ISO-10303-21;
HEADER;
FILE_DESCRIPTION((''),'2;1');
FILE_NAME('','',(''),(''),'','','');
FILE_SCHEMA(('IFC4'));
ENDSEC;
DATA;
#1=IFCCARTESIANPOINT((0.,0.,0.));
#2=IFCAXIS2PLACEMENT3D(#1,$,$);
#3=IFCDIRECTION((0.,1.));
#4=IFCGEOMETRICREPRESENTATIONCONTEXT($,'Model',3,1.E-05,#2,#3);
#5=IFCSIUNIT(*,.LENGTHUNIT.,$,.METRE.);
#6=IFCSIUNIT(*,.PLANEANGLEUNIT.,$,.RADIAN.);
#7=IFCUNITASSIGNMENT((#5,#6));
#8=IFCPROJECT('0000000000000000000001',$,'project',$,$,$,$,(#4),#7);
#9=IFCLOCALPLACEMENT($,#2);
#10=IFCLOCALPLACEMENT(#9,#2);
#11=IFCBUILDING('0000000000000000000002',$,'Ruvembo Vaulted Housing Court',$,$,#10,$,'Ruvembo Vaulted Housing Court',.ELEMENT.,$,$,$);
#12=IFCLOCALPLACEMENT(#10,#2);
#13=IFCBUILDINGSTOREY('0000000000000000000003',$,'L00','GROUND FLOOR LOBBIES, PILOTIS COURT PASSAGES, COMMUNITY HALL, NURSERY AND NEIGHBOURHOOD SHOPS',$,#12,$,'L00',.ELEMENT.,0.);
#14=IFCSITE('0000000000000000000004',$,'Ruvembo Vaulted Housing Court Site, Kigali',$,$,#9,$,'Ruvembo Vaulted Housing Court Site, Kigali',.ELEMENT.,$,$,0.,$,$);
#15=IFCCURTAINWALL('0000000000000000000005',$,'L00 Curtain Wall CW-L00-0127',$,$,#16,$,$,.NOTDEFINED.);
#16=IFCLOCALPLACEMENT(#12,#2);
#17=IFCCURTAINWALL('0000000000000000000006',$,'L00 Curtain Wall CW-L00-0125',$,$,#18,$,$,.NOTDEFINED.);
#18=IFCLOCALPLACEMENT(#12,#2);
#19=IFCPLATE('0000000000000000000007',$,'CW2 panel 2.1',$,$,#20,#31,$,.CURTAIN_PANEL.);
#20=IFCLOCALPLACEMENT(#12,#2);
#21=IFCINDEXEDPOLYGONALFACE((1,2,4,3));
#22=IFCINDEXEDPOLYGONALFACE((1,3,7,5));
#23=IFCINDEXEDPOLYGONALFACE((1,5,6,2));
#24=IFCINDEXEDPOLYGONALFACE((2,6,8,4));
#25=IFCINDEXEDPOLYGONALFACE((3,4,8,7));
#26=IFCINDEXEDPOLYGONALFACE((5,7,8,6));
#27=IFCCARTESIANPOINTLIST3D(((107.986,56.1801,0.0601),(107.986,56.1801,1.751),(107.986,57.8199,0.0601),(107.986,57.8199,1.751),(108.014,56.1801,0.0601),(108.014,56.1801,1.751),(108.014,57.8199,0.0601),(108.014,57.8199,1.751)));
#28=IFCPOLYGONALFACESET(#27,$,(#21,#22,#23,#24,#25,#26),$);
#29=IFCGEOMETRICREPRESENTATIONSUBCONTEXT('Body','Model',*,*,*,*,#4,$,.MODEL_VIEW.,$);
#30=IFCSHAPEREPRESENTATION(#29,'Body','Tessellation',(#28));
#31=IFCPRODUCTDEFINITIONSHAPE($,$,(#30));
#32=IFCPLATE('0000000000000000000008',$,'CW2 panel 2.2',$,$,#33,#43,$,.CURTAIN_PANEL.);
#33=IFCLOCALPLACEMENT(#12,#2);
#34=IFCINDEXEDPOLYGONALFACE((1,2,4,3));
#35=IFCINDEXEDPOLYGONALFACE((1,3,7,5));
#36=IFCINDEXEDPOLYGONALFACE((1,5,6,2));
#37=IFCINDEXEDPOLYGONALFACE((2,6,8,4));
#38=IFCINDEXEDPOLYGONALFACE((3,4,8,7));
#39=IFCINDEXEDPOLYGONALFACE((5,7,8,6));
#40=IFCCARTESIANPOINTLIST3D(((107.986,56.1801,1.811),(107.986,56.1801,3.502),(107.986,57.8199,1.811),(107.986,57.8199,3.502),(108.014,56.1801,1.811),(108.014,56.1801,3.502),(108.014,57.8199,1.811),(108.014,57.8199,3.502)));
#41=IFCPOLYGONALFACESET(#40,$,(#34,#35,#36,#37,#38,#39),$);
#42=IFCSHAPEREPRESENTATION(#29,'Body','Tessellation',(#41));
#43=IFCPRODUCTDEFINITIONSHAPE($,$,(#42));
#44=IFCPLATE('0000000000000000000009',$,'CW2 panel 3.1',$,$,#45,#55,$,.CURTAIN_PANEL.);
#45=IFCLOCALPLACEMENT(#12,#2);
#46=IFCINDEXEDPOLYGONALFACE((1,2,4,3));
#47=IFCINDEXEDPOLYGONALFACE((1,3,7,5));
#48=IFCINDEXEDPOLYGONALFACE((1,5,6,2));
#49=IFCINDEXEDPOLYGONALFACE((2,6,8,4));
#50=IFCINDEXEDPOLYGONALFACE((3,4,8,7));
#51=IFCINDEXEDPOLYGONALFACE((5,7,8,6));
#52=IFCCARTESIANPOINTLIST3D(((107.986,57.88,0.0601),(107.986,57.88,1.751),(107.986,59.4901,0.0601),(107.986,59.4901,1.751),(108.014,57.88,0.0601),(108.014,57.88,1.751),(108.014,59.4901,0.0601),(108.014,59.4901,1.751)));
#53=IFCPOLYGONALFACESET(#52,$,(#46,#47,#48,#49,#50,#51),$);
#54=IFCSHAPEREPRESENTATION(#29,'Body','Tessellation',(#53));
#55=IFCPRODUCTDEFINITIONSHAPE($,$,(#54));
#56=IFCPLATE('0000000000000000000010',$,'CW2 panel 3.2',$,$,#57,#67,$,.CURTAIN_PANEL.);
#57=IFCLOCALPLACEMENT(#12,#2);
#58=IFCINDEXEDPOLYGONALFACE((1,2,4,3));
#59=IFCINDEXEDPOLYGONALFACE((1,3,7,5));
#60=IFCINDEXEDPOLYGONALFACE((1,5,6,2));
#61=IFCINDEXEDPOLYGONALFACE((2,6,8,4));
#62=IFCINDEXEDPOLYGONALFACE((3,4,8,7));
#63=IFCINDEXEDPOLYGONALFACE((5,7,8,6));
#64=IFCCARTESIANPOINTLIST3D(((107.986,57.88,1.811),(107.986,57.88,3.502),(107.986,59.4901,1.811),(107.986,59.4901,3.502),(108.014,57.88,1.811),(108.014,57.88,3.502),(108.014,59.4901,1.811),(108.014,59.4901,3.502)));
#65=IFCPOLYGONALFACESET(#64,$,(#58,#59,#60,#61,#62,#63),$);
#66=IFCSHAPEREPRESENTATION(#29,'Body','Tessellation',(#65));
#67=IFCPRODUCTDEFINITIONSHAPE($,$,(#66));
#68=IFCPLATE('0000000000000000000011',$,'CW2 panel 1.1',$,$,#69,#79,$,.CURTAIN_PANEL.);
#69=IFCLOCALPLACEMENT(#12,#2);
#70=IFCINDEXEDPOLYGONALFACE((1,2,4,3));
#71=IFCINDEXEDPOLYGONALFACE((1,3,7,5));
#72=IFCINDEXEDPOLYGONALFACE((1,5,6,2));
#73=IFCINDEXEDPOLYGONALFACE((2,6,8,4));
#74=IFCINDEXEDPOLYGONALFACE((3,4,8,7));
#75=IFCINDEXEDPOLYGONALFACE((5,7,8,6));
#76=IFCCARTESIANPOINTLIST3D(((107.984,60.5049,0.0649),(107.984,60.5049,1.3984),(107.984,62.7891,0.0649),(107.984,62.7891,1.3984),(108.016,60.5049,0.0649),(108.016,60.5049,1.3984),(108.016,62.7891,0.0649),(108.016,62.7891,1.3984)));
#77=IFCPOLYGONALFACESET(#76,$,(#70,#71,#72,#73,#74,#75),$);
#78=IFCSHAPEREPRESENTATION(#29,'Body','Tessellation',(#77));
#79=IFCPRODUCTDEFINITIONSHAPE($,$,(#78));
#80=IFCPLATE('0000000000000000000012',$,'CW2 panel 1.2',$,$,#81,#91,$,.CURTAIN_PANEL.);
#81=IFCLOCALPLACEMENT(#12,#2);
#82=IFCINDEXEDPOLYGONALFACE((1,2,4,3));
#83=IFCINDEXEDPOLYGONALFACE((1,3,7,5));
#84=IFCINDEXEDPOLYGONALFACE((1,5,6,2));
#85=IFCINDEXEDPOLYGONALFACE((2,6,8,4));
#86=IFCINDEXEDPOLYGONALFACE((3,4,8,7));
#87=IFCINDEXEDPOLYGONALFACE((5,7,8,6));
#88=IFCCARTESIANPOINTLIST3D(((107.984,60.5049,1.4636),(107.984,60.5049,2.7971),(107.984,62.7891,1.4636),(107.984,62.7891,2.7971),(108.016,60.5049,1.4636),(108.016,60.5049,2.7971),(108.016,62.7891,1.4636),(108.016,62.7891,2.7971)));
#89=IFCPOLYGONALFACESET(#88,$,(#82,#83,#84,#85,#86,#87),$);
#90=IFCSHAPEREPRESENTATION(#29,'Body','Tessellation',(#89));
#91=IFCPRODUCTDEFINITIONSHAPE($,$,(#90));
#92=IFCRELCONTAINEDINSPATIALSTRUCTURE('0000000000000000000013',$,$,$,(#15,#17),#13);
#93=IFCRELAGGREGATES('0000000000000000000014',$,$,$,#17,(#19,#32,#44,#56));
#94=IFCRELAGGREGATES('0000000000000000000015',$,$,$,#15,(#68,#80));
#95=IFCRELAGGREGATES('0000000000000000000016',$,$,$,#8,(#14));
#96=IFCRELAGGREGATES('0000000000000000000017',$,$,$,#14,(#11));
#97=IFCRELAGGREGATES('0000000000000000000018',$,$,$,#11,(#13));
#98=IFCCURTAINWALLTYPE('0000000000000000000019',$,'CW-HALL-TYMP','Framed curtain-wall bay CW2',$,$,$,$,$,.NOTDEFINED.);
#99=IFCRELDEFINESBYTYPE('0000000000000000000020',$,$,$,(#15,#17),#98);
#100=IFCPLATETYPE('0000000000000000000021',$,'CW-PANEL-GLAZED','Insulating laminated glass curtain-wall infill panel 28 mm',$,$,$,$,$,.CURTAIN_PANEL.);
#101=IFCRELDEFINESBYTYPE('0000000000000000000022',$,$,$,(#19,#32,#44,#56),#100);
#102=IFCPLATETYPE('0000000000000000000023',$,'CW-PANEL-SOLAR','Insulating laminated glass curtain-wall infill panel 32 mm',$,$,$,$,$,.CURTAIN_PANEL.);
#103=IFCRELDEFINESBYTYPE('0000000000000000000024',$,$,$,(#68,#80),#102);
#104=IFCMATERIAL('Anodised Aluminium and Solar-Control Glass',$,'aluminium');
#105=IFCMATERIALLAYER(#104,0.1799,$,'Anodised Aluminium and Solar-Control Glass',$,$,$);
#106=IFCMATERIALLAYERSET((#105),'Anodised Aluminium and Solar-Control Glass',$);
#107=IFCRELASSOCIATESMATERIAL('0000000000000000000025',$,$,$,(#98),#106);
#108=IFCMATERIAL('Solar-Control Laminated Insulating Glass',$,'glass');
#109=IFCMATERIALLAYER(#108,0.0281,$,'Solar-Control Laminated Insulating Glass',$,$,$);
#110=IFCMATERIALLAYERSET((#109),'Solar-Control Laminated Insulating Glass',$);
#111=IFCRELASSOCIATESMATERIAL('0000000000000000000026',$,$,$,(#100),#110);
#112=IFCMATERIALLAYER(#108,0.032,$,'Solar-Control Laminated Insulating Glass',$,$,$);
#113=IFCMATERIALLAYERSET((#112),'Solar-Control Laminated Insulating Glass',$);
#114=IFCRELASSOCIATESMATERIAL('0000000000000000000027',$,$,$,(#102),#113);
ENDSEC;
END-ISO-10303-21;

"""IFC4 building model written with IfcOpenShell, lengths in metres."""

from ifc_helpers import new_model, si_unit, direction, frame, origin, origin_2d, place, context, subcontext, project, spatial, rectangle, extrude, material, layer, layer_set, type_object, element, aggregate, save


model = new_model("IFC4")

# Units and contexts
model_context = context("Model", 3, precision=1e-05, world=origin(), true_north=direction((0.0, 1.0)))
body_context = subcontext(model_context, "Body", "Model", "MODEL_VIEW")
ifc_project = project(units=[si_unit("LENGTHUNIT", "METRE"), si_unit("PLANEANGLEUNIT", "RADIAN")], contexts=[model_context])

# Site, building, storey
site_placement = place(None, origin())
site = spatial("IfcSite", under=ifc_project, at=site_placement, Name="Ruvembo Vaulted Housing Court Site, Kigali", LongName="Ruvembo Vaulted Housing Court Site, Kigali", CompositionType="ELEMENT", RefElevation=0.0)
building_placement = place(site_placement, origin())
building = spatial("IfcBuilding", under=site, at=building_placement, Name="Ruvembo Vaulted Housing Court", LongName="Ruvembo Vaulted Housing Court", CompositionType="ELEMENT")
storey_placement = place(building_placement, origin())
storey = spatial("IfcBuildingStorey", under=building, at=storey_placement, Name="L00", Description="GROUND FLOOR LOBBIES, PILOTIS COURT PASSAGES, COMMUNITY HALL, NURSERY AND NEIGHBOURHOOD SHOPS", LongName="L00", CompositionType="ELEMENT", Elevation=0.0)

# Shared definitions
ifc_material_1 = material(Name="Anodised Aluminium and Solar-Control Glass", Category="aluminium")
ifc_layer_1 = layer(ifc_material_1, 0.1799, Name="Anodised Aluminium and Solar-Control Glass")
ifc_layer_set_1 = layer_set([ifc_layer_1], Name="Anodised Aluminium and Solar-Control Glass")
curtain_wall_type = type_object("IfcCurtainWallType", Name="CW-HALL-TYMP", Description="Framed curtain-wall bay CW2", PredefinedType="NOTDEFINED", material=ifc_layer_set_1)

# Curtain walls
curtain_wall_1_placement = place(storey_placement, origin())
curtain_wall_1 = element("IfcCurtainWall", 1, at=curtain_wall_1_placement, inside=storey, type_object=curtain_wall_type, Name="L00 Curtain Wall CW-L00-0127", PredefinedType="NOTDEFINED")
curtain_wall_2_placement = place(storey_placement, origin())
curtain_wall_2 = element("IfcCurtainWall", 2, at=curtain_wall_2_placement, inside=storey, type_object=curtain_wall_type, Name="L00 Curtain Wall CW-L00-0125", PredefinedType="NOTDEFINED")

# Plates
ifc_material_2 = material(Name="Solar-Control Laminated Insulating Glass", Category="glass")
ifc_layer_2 = layer(ifc_material_2, 0.0281, Name="Solar-Control Laminated Insulating Glass")
ifc_layer_set_2 = layer_set([ifc_layer_2], Name="Solar-Control Laminated Insulating Glass")
plate_type_1 = type_object("IfcPlateType", Name="CW-PANEL-GLAZED", Description="Insulating laminated glass curtain-wall infill panel 28 mm", PredefinedType="CURTAIN_PANEL", material=ifc_layer_set_2)
plate_1_placement = place(storey_placement, frame((108.0, 57.0, 0.0601), z_axis=(0.0, 0.0, 1.0), x_axis=(0.0, 1.0, 0.0)))
plate_1 = element("IfcPlate", 3, at=plate_1_placement, type_object=plate_type_1, Name="CW2 panel 2.1", PredefinedType="CURTAIN_PANEL", context=body_context, shape_type="SweptSolid", body=[
    extrude(rectangle(XDim=1.6399, YDim=0.0281, at=origin_2d()), origin(), (0.0, 0.0, 1.0), 1.6909),
])
plate_2_placement = place(storey_placement, frame((108.0, 57.0, 1.811), z_axis=(0.0, 0.0, 1.0), x_axis=(0.0, 1.0, 0.0)))
plate_2 = element("IfcPlate", 4, at=plate_2_placement, type_object=plate_type_1, Name="CW2 panel 2.2", PredefinedType="CURTAIN_PANEL", context=body_context, shape_type="SweptSolid", body=[
    extrude(rectangle(XDim=1.6399, YDim=0.0281, at=origin_2d()), origin(), (0.0, 0.0, 1.0), 1.6909),
])
plate_3_placement = place(storey_placement, frame((108.0, 58.6851, 0.0601), z_axis=(0.0, 0.0, 1.0), x_axis=(0.0, 1.0, 0.0)))
plate_3 = element("IfcPlate", 5, at=plate_3_placement, type_object=plate_type_1, Name="CW2 panel 3.1", PredefinedType="CURTAIN_PANEL", context=body_context, shape_type="SweptSolid", body=[
    extrude(rectangle(XDim=1.6101, YDim=0.0281, at=origin_2d()), origin(), (0.0, 0.0, 1.0), 1.6909),
])
plate_4_placement = place(storey_placement, frame((108.0, 58.6851, 1.811), z_axis=(0.0, 0.0, 1.0), x_axis=(0.0, 1.0, 0.0)))
plate_4 = element("IfcPlate", 6, at=plate_4_placement, type_object=plate_type_1, Name="CW2 panel 3.2", PredefinedType="CURTAIN_PANEL", context=body_context, shape_type="SweptSolid", body=[
    extrude(rectangle(XDim=1.6101, YDim=0.0281, at=origin_2d()), origin(), (0.0, 0.0, 1.0), 1.6909),
])
aggregate(curtain_wall_2, [plate_1, plate_2, plate_3, plate_4])
ifc_layer_3 = layer(ifc_material_2, 0.032, Name="Solar-Control Laminated Insulating Glass")
ifc_layer_set_3 = layer_set([ifc_layer_3], Name="Solar-Control Laminated Insulating Glass")
plate_type_2 = type_object("IfcPlateType", Name="CW-PANEL-SOLAR", Description="Insulating laminated glass curtain-wall infill panel 32 mm", PredefinedType="CURTAIN_PANEL", material=ifc_layer_set_3)
plate_5_placement = place(storey_placement, frame((108.0, 61.647, 0.0649), z_axis=(0.0, 0.0, 1.0), x_axis=(0.0, 1.0, 0.0)))
plate_5 = element("IfcPlate", 7, at=plate_5_placement, type_object=plate_type_2, Name="CW2 panel 1.1", PredefinedType="CURTAIN_PANEL", context=body_context, shape_type="SweptSolid", body=[
    extrude(rectangle(XDim=2.2842, YDim=0.032, at=origin_2d()), origin(), (0.0, 0.0, 1.0), 1.3335),
])
plate_6_placement = place(storey_placement, frame((108.0, 61.647, 1.4636), z_axis=(0.0, 0.0, 1.0), x_axis=(0.0, 1.0, 0.0)))
plate_6 = element("IfcPlate", 8, at=plate_6_placement, type_object=plate_type_2, Name="CW2 panel 1.2", PredefinedType="CURTAIN_PANEL", context=body_context, shape_type="SweptSolid", body=[
    extrude(rectangle(XDim=2.2842, YDim=0.032, at=origin_2d()), origin(), (0.0, 0.0, 1.0), 1.3335),
])
aggregate(curtain_wall_1, [plate_5, plate_6])

save(model, "model.ifc")
